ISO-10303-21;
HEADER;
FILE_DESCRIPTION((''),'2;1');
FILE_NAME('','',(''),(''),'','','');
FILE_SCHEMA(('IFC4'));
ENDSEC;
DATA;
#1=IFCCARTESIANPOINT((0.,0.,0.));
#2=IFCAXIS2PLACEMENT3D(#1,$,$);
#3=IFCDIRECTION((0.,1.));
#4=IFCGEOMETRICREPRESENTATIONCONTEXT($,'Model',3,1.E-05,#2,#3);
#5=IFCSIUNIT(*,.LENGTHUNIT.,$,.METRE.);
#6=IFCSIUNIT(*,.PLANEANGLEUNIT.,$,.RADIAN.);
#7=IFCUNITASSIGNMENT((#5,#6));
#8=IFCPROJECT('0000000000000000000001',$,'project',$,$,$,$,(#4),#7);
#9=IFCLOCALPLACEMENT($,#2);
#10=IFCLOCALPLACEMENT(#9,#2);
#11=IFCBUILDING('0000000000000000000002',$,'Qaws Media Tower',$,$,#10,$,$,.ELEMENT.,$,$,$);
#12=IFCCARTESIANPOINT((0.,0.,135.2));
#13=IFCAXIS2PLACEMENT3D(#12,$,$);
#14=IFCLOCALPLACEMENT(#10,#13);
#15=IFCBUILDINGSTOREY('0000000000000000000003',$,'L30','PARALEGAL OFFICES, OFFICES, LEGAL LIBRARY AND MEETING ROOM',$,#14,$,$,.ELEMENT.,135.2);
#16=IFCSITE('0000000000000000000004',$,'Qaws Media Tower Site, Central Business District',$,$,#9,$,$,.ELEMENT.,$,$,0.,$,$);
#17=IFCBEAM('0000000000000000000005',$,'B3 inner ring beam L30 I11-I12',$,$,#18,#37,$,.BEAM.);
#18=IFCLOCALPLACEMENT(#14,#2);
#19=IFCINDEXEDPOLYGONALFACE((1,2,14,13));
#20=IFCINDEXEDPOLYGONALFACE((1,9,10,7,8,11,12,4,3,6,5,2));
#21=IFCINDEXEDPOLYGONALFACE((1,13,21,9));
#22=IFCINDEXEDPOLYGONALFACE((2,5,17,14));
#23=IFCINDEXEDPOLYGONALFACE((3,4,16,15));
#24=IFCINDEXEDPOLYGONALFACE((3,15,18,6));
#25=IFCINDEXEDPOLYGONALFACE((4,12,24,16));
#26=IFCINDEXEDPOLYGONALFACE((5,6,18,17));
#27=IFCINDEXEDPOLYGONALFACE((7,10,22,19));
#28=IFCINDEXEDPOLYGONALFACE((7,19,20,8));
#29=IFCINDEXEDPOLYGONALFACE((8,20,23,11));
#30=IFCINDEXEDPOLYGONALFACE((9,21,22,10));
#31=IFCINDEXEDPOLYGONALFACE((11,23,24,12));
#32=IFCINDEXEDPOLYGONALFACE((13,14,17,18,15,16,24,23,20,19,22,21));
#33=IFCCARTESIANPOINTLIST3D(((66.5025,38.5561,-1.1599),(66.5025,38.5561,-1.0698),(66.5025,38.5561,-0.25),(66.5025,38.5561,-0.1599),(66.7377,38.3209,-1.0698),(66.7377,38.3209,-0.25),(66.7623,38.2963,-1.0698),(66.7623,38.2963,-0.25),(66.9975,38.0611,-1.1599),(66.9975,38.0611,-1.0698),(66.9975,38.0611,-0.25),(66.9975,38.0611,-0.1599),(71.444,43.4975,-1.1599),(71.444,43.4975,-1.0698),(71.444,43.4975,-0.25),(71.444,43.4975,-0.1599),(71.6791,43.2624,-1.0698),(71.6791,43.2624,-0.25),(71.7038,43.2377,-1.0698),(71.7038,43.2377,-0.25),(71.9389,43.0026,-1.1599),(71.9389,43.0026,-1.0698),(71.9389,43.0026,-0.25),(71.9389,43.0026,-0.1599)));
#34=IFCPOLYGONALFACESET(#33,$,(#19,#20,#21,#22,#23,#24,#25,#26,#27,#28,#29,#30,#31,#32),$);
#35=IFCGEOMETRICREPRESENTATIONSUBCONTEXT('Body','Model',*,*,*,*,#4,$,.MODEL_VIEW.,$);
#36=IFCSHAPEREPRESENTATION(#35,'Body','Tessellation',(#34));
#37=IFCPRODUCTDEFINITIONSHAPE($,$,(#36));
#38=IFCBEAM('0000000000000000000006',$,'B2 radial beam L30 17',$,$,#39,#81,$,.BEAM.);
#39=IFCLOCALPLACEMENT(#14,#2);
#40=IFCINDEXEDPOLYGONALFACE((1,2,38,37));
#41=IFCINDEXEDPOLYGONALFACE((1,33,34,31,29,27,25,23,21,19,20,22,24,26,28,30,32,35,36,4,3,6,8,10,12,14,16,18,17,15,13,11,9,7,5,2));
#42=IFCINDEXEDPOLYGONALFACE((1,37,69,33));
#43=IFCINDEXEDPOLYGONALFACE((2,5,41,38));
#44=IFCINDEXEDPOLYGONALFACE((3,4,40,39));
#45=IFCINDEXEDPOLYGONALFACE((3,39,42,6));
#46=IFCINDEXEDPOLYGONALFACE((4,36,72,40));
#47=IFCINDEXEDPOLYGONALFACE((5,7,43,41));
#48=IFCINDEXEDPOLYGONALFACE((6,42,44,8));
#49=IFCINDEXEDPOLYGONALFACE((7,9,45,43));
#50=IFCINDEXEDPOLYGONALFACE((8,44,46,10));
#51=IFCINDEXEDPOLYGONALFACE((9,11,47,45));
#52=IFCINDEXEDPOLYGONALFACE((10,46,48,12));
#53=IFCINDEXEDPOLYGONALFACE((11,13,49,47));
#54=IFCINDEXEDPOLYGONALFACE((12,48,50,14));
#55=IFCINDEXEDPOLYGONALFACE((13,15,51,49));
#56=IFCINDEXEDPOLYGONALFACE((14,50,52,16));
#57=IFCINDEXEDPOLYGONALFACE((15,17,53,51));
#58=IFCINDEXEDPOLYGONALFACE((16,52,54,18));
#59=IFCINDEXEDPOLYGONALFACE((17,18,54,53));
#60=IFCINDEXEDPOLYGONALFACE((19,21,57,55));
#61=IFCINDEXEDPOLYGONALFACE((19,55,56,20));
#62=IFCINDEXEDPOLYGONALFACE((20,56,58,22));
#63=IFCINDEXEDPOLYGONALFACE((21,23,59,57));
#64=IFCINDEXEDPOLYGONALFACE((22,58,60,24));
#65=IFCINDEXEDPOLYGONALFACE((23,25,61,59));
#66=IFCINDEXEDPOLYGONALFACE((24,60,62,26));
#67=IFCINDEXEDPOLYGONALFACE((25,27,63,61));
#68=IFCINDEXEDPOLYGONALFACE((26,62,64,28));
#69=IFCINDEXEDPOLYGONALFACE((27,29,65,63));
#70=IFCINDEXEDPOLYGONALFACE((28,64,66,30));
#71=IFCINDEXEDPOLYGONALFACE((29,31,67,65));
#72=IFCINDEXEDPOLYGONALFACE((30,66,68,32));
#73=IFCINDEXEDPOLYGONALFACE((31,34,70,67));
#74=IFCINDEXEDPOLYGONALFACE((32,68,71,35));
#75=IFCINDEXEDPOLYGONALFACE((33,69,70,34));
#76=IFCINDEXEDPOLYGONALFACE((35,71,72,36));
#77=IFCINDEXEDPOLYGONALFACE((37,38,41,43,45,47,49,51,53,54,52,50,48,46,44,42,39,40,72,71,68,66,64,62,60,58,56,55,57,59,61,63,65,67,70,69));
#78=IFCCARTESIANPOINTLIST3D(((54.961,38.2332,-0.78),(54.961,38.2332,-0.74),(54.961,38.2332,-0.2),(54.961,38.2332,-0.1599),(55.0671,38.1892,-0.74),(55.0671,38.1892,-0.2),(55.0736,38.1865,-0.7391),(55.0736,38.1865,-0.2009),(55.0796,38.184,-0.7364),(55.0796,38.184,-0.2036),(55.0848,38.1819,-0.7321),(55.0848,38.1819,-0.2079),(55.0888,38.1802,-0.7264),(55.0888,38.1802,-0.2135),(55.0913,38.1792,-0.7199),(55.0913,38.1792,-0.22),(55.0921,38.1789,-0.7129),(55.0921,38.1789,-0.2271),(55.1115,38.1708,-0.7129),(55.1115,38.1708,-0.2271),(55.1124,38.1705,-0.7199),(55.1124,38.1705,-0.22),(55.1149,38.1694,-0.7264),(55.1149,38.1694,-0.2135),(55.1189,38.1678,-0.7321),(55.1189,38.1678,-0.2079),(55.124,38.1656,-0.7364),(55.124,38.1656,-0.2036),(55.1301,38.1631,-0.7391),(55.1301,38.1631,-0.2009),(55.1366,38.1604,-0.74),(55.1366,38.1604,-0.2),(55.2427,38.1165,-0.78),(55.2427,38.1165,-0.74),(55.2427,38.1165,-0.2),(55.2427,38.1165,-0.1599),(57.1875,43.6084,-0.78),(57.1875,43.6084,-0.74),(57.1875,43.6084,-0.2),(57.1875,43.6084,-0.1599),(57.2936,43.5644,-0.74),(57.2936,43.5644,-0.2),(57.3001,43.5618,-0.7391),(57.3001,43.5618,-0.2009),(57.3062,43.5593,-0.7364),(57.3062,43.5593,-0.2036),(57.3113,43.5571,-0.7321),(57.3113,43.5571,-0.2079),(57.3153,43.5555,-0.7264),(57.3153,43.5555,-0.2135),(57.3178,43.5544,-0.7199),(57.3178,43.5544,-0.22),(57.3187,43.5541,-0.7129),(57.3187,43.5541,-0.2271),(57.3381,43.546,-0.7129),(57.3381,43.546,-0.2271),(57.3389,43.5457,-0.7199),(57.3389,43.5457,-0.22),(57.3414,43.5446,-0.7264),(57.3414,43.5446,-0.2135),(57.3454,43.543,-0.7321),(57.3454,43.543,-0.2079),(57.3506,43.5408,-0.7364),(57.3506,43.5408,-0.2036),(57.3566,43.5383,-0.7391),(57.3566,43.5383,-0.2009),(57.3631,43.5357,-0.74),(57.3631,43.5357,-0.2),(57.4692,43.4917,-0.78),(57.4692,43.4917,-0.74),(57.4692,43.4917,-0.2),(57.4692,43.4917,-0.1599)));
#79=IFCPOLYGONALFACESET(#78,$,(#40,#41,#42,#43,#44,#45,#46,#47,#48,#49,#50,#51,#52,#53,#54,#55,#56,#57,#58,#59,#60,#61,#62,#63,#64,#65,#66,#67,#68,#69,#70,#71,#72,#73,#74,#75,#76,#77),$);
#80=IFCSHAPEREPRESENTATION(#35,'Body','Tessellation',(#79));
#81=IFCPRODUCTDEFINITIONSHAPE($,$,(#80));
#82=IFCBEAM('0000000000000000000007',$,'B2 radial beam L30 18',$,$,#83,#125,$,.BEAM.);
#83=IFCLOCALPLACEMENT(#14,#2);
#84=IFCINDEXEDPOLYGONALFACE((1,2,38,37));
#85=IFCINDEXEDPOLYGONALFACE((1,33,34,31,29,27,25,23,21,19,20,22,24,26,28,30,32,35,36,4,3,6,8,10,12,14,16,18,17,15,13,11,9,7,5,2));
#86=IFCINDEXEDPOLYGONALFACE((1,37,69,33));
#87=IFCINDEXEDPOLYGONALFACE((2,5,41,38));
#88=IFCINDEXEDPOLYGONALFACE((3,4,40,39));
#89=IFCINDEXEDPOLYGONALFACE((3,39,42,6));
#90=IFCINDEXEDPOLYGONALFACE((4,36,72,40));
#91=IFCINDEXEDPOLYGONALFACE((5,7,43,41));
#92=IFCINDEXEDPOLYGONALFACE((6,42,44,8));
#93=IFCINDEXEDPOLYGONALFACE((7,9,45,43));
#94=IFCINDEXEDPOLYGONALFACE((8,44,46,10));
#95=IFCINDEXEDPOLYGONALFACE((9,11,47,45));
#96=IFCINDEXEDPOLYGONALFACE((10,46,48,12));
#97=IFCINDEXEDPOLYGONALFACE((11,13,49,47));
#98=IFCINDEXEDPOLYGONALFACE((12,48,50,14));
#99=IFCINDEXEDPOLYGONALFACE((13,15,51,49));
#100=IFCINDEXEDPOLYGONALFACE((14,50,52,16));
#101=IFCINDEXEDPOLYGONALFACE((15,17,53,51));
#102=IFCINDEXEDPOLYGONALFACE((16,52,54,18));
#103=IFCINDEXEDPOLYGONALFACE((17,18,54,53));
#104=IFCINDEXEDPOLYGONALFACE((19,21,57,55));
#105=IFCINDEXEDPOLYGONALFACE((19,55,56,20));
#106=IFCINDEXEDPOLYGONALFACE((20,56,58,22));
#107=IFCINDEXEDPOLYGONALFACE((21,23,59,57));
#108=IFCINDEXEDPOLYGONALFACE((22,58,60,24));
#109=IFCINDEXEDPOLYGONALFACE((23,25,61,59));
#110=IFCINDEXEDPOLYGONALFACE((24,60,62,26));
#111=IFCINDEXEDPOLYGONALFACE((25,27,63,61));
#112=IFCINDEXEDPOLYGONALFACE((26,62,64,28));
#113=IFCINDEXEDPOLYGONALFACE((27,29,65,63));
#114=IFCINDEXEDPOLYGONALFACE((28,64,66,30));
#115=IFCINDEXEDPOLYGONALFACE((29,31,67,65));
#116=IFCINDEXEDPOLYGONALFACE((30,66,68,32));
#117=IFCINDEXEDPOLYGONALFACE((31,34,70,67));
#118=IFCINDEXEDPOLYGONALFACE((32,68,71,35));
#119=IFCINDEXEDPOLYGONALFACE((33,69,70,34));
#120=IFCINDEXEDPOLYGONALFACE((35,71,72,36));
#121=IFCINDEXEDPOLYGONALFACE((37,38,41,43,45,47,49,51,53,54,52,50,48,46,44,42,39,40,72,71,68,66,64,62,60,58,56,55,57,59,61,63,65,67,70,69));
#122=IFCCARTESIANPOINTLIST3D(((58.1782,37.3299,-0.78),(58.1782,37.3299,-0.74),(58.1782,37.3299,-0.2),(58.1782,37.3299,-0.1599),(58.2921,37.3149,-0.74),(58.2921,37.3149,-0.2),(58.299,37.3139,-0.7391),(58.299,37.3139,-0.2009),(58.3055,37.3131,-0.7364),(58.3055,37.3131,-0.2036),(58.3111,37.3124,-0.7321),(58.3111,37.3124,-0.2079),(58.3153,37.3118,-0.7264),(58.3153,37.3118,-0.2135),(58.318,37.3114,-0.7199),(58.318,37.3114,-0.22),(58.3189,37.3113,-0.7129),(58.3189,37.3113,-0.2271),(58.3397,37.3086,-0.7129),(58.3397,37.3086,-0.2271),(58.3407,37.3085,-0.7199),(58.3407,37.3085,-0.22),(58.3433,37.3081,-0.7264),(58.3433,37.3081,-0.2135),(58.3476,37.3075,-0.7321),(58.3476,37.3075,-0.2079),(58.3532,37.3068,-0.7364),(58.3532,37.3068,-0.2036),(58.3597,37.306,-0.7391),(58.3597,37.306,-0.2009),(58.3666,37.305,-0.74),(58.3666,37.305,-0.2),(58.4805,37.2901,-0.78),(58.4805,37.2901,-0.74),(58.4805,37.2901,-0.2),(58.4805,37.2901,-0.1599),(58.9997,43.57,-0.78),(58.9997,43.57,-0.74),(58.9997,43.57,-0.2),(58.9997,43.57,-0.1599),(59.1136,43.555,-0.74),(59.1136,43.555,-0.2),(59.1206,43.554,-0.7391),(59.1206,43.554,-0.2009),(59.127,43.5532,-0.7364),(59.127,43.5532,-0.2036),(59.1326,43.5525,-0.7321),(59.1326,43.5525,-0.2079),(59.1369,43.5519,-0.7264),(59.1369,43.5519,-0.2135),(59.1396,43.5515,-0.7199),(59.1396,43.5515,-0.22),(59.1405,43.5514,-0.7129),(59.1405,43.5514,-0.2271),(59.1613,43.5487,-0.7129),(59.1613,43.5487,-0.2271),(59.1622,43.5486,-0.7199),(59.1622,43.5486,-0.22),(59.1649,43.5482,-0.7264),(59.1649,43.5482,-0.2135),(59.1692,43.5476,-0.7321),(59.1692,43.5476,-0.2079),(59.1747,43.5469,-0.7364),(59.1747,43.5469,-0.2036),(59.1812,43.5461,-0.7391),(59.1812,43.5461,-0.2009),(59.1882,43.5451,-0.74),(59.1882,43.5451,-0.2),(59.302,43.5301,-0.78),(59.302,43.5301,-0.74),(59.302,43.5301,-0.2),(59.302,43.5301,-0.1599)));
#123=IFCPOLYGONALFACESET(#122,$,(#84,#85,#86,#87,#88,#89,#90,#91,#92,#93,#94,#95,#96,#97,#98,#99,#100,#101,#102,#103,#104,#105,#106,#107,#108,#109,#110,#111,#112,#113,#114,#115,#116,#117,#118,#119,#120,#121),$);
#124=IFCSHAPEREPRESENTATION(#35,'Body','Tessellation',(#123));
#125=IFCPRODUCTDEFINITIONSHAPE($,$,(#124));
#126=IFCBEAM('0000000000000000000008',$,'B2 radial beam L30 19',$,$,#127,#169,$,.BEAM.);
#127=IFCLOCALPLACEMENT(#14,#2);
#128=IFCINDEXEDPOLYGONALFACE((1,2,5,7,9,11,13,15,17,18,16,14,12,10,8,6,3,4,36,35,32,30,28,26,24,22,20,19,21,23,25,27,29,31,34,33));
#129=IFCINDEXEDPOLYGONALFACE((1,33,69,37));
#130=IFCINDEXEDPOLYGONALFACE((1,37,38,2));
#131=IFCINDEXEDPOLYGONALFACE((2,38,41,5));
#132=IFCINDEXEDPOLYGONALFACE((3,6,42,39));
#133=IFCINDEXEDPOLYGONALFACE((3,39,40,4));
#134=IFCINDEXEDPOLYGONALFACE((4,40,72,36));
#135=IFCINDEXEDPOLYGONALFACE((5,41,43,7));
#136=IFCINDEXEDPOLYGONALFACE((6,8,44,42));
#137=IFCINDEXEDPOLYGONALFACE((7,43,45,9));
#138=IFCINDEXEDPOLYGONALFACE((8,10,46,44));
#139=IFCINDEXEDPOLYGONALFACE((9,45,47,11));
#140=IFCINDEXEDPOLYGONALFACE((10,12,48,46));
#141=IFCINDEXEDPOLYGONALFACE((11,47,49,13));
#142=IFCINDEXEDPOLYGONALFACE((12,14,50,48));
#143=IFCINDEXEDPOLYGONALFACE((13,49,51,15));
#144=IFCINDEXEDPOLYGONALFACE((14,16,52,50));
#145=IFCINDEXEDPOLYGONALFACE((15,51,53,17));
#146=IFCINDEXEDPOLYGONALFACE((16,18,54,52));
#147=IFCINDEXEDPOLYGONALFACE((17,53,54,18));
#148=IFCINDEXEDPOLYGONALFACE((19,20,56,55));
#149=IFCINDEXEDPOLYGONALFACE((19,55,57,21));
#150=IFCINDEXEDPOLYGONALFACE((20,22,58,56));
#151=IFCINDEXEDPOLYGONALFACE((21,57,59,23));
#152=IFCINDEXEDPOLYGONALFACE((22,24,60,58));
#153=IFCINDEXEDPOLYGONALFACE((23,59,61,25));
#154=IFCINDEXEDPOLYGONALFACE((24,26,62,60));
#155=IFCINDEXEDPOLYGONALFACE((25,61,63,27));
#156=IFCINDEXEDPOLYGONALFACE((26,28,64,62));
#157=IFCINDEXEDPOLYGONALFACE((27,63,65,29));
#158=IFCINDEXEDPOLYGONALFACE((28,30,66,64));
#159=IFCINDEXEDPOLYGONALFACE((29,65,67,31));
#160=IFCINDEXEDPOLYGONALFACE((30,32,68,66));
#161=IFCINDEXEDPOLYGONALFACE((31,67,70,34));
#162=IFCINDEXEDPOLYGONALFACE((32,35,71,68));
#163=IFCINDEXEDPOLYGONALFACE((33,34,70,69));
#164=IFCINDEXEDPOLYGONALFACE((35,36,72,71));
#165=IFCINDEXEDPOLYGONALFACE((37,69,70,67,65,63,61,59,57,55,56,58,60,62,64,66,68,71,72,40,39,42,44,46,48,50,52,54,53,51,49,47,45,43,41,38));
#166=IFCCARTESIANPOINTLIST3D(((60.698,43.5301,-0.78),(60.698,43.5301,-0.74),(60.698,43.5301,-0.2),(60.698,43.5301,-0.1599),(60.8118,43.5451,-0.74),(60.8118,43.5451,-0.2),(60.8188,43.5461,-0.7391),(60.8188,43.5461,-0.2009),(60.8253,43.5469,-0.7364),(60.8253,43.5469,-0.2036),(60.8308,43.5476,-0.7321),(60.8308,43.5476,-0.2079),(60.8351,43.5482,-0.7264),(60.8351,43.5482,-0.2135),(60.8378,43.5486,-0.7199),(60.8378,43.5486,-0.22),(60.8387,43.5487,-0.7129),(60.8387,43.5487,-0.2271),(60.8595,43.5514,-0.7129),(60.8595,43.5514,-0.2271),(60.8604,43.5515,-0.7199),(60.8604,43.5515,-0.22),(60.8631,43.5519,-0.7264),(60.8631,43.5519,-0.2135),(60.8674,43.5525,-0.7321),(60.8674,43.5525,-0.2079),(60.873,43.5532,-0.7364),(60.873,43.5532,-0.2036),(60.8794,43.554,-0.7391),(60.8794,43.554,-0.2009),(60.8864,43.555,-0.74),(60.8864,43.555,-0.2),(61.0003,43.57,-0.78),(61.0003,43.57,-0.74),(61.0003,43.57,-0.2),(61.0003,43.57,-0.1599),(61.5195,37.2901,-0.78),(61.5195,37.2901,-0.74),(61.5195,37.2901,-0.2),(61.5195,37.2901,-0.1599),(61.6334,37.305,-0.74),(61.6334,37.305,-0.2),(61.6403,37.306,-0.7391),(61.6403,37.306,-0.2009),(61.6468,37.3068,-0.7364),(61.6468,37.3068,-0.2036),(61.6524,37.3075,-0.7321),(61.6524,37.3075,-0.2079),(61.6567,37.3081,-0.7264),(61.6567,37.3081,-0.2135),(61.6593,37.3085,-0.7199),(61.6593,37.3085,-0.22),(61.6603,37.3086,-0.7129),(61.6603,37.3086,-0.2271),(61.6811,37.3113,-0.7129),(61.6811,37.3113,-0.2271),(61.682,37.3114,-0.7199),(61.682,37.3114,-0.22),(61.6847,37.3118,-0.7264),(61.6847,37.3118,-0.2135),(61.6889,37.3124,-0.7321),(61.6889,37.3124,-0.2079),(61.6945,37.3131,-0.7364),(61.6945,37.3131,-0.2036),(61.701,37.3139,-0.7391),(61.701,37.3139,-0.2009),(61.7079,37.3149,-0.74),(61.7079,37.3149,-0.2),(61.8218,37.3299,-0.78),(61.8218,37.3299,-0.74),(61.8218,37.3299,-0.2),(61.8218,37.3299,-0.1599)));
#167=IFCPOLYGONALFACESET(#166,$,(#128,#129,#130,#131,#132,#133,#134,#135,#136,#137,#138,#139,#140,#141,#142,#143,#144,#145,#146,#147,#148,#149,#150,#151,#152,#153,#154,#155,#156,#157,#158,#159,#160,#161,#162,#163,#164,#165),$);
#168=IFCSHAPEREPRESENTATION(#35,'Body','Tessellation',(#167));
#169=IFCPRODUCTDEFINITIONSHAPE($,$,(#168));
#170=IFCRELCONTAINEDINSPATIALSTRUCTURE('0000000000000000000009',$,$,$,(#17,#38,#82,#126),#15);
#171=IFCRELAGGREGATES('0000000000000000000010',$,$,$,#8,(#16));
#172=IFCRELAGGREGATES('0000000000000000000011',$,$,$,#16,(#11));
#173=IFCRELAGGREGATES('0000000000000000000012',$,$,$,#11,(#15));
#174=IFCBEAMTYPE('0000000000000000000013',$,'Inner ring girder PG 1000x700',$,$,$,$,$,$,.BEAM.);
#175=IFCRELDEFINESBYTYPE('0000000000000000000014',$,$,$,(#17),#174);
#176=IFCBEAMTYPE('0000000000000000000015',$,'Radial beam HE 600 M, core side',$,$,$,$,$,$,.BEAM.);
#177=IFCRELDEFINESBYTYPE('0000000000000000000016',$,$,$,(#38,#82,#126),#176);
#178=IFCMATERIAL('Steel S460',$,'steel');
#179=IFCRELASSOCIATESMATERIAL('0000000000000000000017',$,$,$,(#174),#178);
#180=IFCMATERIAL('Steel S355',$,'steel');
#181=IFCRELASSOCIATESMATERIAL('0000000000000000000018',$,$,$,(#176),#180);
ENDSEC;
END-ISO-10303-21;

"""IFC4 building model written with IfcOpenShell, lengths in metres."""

from ifc_helpers import new_model, si_unit, direction, frame, origin, origin_2d, place, context, subcontext, project, spatial, i_section, extrude, material, material_profile, profile_set, type_object, element, save


model = new_model("IFC4")

# Units and contexts
model_context = context("Model", 3, precision=1e-05, world=origin(), true_north=direction((0.0, 1.0)))
body_context = subcontext(model_context, "Body", "Model", "MODEL_VIEW")
ifc_project = project(units=[si_unit("LENGTHUNIT", "METRE"), si_unit("PLANEANGLEUNIT", "RADIAN")], contexts=[model_context])

# Site, building, storey
site_placement = place(None, origin())
site = spatial("IfcSite", under=ifc_project, at=site_placement, Name="Qaws Media Tower Site, Central Business District", CompositionType="ELEMENT", RefElevation=0.0)
building_placement = place(site_placement, origin())
building = spatial("IfcBuilding", under=site, at=building_placement, Name="Qaws Media Tower", CompositionType="ELEMENT")
storey_placement = place(building_placement, frame((0.0, 0.0, 135.2)))
storey = spatial("IfcBuildingStorey", under=building, at=storey_placement, Name="L30", Description="PARALEGAL OFFICES, OFFICES, LEGAL LIBRARY AND MEETING ROOM", CompositionType="ELEMENT", Elevation=135.2)

# Beams
ifc_material_1 = material(Name="Steel S460", Category="steel")
ifc_material_profile_1 = material_profile(ifc_material_1, i_section(OverallWidth=0.7, OverallDepth=1.0, WebThickness=0.0349, FlangeThickness=0.0901, at=origin_2d()), Name="PG 1000x700")
ifc_profile_set_1 = profile_set([ifc_material_profile_1], Name="Steel S460")
beam_type_1 = type_object("IfcBeamType", Name="Inner ring girder PG 1000x700", PredefinedType="BEAM", material=ifc_profile_set_1)
beam_1_placement = place(storey_placement, frame((66.75, 38.3086, -0.6599), z_axis=(0.707107, 0.707107, 0.0), x_axis=(-0.707107, 0.707107, 0.0)))
element("IfcBeam", 1, at=beam_1_placement, inside=storey, type_object=beam_type_1, Name="B3 inner ring beam L30 I11-I12", PredefinedType="BEAM", context=body_context, shape_type="SweptSolid", body=[
    extrude(i_section(OverallWidth=0.7, OverallDepth=1.0, WebThickness=0.0349, FlangeThickness=0.0901, at=origin_2d()), origin(), (0.0, 0.0, 1.0), 6.9883),
])
ifc_material_2 = material(Name="Steel S355", Category="steel")
ifc_material_profile_2 = material_profile(ifc_material_2, i_section(OverallWidth=0.3049, OverallDepth=0.6201, WebThickness=0.021, FlangeThickness=0.04, FilletRadius=0.0271, at=origin_2d()), Name="HE 600 M")
ifc_profile_set_2 = profile_set([ifc_material_profile_2], Name="Steel S355")
beam_type_2 = type_object("IfcBeamType", Name="Radial beam HE 600 M, core side", PredefinedType="BEAM", material=ifc_profile_set_2)
beam_2_placement = place(storey_placement, frame((57.3284, 43.55, -0.47), z_axis=(-0.382693, -0.923876, 0.0), x_axis=(0.923876, -0.382693, 0.0)))
element("IfcBeam", 2, at=beam_2_placement, inside=storey, type_object=beam_type_2, Name="B2 radial beam L30 17", PredefinedType="BEAM", context=body_context, shape_type="SweptSolid", body=[
    extrude(i_section(OverallWidth=0.3049, OverallDepth=0.6201, WebThickness=0.021, FlangeThickness=0.04, FilletRadius=0.0271, at=origin_2d()), origin(), (0.0, 0.0, 1.0), 5.8181),
])
for number, where, z_axis, x_axis, name in (
    (3, (59.1509, 43.55, -0.47), (-0.13053, -0.991444, 0.0), (0.991444, -0.13053, 0.0), "B2 radial beam L30 18"),
    (4, (60.8491, 43.55, -0.47), (0.13053, -0.991444, 0.0), (0.991444, 0.13053, 0.0), "B2 radial beam L30 19"),
):
    element("IfcBeam", number, at=place(storey_placement, frame(where, z_axis=z_axis, x_axis=x_axis)), inside=storey, type_object=beam_type_2, Name=name, PredefinedType="BEAM", context=body_context, shape_type="SweptSolid", body=[
        extrude(i_section(OverallWidth=0.3049, OverallDepth=0.6201, WebThickness=0.021, FlangeThickness=0.04, FilletRadius=0.0271, at=origin_2d()), origin(), (0.0, 0.0, 1.0), 6.2939),
    ])

save(model, "model.ifc")
